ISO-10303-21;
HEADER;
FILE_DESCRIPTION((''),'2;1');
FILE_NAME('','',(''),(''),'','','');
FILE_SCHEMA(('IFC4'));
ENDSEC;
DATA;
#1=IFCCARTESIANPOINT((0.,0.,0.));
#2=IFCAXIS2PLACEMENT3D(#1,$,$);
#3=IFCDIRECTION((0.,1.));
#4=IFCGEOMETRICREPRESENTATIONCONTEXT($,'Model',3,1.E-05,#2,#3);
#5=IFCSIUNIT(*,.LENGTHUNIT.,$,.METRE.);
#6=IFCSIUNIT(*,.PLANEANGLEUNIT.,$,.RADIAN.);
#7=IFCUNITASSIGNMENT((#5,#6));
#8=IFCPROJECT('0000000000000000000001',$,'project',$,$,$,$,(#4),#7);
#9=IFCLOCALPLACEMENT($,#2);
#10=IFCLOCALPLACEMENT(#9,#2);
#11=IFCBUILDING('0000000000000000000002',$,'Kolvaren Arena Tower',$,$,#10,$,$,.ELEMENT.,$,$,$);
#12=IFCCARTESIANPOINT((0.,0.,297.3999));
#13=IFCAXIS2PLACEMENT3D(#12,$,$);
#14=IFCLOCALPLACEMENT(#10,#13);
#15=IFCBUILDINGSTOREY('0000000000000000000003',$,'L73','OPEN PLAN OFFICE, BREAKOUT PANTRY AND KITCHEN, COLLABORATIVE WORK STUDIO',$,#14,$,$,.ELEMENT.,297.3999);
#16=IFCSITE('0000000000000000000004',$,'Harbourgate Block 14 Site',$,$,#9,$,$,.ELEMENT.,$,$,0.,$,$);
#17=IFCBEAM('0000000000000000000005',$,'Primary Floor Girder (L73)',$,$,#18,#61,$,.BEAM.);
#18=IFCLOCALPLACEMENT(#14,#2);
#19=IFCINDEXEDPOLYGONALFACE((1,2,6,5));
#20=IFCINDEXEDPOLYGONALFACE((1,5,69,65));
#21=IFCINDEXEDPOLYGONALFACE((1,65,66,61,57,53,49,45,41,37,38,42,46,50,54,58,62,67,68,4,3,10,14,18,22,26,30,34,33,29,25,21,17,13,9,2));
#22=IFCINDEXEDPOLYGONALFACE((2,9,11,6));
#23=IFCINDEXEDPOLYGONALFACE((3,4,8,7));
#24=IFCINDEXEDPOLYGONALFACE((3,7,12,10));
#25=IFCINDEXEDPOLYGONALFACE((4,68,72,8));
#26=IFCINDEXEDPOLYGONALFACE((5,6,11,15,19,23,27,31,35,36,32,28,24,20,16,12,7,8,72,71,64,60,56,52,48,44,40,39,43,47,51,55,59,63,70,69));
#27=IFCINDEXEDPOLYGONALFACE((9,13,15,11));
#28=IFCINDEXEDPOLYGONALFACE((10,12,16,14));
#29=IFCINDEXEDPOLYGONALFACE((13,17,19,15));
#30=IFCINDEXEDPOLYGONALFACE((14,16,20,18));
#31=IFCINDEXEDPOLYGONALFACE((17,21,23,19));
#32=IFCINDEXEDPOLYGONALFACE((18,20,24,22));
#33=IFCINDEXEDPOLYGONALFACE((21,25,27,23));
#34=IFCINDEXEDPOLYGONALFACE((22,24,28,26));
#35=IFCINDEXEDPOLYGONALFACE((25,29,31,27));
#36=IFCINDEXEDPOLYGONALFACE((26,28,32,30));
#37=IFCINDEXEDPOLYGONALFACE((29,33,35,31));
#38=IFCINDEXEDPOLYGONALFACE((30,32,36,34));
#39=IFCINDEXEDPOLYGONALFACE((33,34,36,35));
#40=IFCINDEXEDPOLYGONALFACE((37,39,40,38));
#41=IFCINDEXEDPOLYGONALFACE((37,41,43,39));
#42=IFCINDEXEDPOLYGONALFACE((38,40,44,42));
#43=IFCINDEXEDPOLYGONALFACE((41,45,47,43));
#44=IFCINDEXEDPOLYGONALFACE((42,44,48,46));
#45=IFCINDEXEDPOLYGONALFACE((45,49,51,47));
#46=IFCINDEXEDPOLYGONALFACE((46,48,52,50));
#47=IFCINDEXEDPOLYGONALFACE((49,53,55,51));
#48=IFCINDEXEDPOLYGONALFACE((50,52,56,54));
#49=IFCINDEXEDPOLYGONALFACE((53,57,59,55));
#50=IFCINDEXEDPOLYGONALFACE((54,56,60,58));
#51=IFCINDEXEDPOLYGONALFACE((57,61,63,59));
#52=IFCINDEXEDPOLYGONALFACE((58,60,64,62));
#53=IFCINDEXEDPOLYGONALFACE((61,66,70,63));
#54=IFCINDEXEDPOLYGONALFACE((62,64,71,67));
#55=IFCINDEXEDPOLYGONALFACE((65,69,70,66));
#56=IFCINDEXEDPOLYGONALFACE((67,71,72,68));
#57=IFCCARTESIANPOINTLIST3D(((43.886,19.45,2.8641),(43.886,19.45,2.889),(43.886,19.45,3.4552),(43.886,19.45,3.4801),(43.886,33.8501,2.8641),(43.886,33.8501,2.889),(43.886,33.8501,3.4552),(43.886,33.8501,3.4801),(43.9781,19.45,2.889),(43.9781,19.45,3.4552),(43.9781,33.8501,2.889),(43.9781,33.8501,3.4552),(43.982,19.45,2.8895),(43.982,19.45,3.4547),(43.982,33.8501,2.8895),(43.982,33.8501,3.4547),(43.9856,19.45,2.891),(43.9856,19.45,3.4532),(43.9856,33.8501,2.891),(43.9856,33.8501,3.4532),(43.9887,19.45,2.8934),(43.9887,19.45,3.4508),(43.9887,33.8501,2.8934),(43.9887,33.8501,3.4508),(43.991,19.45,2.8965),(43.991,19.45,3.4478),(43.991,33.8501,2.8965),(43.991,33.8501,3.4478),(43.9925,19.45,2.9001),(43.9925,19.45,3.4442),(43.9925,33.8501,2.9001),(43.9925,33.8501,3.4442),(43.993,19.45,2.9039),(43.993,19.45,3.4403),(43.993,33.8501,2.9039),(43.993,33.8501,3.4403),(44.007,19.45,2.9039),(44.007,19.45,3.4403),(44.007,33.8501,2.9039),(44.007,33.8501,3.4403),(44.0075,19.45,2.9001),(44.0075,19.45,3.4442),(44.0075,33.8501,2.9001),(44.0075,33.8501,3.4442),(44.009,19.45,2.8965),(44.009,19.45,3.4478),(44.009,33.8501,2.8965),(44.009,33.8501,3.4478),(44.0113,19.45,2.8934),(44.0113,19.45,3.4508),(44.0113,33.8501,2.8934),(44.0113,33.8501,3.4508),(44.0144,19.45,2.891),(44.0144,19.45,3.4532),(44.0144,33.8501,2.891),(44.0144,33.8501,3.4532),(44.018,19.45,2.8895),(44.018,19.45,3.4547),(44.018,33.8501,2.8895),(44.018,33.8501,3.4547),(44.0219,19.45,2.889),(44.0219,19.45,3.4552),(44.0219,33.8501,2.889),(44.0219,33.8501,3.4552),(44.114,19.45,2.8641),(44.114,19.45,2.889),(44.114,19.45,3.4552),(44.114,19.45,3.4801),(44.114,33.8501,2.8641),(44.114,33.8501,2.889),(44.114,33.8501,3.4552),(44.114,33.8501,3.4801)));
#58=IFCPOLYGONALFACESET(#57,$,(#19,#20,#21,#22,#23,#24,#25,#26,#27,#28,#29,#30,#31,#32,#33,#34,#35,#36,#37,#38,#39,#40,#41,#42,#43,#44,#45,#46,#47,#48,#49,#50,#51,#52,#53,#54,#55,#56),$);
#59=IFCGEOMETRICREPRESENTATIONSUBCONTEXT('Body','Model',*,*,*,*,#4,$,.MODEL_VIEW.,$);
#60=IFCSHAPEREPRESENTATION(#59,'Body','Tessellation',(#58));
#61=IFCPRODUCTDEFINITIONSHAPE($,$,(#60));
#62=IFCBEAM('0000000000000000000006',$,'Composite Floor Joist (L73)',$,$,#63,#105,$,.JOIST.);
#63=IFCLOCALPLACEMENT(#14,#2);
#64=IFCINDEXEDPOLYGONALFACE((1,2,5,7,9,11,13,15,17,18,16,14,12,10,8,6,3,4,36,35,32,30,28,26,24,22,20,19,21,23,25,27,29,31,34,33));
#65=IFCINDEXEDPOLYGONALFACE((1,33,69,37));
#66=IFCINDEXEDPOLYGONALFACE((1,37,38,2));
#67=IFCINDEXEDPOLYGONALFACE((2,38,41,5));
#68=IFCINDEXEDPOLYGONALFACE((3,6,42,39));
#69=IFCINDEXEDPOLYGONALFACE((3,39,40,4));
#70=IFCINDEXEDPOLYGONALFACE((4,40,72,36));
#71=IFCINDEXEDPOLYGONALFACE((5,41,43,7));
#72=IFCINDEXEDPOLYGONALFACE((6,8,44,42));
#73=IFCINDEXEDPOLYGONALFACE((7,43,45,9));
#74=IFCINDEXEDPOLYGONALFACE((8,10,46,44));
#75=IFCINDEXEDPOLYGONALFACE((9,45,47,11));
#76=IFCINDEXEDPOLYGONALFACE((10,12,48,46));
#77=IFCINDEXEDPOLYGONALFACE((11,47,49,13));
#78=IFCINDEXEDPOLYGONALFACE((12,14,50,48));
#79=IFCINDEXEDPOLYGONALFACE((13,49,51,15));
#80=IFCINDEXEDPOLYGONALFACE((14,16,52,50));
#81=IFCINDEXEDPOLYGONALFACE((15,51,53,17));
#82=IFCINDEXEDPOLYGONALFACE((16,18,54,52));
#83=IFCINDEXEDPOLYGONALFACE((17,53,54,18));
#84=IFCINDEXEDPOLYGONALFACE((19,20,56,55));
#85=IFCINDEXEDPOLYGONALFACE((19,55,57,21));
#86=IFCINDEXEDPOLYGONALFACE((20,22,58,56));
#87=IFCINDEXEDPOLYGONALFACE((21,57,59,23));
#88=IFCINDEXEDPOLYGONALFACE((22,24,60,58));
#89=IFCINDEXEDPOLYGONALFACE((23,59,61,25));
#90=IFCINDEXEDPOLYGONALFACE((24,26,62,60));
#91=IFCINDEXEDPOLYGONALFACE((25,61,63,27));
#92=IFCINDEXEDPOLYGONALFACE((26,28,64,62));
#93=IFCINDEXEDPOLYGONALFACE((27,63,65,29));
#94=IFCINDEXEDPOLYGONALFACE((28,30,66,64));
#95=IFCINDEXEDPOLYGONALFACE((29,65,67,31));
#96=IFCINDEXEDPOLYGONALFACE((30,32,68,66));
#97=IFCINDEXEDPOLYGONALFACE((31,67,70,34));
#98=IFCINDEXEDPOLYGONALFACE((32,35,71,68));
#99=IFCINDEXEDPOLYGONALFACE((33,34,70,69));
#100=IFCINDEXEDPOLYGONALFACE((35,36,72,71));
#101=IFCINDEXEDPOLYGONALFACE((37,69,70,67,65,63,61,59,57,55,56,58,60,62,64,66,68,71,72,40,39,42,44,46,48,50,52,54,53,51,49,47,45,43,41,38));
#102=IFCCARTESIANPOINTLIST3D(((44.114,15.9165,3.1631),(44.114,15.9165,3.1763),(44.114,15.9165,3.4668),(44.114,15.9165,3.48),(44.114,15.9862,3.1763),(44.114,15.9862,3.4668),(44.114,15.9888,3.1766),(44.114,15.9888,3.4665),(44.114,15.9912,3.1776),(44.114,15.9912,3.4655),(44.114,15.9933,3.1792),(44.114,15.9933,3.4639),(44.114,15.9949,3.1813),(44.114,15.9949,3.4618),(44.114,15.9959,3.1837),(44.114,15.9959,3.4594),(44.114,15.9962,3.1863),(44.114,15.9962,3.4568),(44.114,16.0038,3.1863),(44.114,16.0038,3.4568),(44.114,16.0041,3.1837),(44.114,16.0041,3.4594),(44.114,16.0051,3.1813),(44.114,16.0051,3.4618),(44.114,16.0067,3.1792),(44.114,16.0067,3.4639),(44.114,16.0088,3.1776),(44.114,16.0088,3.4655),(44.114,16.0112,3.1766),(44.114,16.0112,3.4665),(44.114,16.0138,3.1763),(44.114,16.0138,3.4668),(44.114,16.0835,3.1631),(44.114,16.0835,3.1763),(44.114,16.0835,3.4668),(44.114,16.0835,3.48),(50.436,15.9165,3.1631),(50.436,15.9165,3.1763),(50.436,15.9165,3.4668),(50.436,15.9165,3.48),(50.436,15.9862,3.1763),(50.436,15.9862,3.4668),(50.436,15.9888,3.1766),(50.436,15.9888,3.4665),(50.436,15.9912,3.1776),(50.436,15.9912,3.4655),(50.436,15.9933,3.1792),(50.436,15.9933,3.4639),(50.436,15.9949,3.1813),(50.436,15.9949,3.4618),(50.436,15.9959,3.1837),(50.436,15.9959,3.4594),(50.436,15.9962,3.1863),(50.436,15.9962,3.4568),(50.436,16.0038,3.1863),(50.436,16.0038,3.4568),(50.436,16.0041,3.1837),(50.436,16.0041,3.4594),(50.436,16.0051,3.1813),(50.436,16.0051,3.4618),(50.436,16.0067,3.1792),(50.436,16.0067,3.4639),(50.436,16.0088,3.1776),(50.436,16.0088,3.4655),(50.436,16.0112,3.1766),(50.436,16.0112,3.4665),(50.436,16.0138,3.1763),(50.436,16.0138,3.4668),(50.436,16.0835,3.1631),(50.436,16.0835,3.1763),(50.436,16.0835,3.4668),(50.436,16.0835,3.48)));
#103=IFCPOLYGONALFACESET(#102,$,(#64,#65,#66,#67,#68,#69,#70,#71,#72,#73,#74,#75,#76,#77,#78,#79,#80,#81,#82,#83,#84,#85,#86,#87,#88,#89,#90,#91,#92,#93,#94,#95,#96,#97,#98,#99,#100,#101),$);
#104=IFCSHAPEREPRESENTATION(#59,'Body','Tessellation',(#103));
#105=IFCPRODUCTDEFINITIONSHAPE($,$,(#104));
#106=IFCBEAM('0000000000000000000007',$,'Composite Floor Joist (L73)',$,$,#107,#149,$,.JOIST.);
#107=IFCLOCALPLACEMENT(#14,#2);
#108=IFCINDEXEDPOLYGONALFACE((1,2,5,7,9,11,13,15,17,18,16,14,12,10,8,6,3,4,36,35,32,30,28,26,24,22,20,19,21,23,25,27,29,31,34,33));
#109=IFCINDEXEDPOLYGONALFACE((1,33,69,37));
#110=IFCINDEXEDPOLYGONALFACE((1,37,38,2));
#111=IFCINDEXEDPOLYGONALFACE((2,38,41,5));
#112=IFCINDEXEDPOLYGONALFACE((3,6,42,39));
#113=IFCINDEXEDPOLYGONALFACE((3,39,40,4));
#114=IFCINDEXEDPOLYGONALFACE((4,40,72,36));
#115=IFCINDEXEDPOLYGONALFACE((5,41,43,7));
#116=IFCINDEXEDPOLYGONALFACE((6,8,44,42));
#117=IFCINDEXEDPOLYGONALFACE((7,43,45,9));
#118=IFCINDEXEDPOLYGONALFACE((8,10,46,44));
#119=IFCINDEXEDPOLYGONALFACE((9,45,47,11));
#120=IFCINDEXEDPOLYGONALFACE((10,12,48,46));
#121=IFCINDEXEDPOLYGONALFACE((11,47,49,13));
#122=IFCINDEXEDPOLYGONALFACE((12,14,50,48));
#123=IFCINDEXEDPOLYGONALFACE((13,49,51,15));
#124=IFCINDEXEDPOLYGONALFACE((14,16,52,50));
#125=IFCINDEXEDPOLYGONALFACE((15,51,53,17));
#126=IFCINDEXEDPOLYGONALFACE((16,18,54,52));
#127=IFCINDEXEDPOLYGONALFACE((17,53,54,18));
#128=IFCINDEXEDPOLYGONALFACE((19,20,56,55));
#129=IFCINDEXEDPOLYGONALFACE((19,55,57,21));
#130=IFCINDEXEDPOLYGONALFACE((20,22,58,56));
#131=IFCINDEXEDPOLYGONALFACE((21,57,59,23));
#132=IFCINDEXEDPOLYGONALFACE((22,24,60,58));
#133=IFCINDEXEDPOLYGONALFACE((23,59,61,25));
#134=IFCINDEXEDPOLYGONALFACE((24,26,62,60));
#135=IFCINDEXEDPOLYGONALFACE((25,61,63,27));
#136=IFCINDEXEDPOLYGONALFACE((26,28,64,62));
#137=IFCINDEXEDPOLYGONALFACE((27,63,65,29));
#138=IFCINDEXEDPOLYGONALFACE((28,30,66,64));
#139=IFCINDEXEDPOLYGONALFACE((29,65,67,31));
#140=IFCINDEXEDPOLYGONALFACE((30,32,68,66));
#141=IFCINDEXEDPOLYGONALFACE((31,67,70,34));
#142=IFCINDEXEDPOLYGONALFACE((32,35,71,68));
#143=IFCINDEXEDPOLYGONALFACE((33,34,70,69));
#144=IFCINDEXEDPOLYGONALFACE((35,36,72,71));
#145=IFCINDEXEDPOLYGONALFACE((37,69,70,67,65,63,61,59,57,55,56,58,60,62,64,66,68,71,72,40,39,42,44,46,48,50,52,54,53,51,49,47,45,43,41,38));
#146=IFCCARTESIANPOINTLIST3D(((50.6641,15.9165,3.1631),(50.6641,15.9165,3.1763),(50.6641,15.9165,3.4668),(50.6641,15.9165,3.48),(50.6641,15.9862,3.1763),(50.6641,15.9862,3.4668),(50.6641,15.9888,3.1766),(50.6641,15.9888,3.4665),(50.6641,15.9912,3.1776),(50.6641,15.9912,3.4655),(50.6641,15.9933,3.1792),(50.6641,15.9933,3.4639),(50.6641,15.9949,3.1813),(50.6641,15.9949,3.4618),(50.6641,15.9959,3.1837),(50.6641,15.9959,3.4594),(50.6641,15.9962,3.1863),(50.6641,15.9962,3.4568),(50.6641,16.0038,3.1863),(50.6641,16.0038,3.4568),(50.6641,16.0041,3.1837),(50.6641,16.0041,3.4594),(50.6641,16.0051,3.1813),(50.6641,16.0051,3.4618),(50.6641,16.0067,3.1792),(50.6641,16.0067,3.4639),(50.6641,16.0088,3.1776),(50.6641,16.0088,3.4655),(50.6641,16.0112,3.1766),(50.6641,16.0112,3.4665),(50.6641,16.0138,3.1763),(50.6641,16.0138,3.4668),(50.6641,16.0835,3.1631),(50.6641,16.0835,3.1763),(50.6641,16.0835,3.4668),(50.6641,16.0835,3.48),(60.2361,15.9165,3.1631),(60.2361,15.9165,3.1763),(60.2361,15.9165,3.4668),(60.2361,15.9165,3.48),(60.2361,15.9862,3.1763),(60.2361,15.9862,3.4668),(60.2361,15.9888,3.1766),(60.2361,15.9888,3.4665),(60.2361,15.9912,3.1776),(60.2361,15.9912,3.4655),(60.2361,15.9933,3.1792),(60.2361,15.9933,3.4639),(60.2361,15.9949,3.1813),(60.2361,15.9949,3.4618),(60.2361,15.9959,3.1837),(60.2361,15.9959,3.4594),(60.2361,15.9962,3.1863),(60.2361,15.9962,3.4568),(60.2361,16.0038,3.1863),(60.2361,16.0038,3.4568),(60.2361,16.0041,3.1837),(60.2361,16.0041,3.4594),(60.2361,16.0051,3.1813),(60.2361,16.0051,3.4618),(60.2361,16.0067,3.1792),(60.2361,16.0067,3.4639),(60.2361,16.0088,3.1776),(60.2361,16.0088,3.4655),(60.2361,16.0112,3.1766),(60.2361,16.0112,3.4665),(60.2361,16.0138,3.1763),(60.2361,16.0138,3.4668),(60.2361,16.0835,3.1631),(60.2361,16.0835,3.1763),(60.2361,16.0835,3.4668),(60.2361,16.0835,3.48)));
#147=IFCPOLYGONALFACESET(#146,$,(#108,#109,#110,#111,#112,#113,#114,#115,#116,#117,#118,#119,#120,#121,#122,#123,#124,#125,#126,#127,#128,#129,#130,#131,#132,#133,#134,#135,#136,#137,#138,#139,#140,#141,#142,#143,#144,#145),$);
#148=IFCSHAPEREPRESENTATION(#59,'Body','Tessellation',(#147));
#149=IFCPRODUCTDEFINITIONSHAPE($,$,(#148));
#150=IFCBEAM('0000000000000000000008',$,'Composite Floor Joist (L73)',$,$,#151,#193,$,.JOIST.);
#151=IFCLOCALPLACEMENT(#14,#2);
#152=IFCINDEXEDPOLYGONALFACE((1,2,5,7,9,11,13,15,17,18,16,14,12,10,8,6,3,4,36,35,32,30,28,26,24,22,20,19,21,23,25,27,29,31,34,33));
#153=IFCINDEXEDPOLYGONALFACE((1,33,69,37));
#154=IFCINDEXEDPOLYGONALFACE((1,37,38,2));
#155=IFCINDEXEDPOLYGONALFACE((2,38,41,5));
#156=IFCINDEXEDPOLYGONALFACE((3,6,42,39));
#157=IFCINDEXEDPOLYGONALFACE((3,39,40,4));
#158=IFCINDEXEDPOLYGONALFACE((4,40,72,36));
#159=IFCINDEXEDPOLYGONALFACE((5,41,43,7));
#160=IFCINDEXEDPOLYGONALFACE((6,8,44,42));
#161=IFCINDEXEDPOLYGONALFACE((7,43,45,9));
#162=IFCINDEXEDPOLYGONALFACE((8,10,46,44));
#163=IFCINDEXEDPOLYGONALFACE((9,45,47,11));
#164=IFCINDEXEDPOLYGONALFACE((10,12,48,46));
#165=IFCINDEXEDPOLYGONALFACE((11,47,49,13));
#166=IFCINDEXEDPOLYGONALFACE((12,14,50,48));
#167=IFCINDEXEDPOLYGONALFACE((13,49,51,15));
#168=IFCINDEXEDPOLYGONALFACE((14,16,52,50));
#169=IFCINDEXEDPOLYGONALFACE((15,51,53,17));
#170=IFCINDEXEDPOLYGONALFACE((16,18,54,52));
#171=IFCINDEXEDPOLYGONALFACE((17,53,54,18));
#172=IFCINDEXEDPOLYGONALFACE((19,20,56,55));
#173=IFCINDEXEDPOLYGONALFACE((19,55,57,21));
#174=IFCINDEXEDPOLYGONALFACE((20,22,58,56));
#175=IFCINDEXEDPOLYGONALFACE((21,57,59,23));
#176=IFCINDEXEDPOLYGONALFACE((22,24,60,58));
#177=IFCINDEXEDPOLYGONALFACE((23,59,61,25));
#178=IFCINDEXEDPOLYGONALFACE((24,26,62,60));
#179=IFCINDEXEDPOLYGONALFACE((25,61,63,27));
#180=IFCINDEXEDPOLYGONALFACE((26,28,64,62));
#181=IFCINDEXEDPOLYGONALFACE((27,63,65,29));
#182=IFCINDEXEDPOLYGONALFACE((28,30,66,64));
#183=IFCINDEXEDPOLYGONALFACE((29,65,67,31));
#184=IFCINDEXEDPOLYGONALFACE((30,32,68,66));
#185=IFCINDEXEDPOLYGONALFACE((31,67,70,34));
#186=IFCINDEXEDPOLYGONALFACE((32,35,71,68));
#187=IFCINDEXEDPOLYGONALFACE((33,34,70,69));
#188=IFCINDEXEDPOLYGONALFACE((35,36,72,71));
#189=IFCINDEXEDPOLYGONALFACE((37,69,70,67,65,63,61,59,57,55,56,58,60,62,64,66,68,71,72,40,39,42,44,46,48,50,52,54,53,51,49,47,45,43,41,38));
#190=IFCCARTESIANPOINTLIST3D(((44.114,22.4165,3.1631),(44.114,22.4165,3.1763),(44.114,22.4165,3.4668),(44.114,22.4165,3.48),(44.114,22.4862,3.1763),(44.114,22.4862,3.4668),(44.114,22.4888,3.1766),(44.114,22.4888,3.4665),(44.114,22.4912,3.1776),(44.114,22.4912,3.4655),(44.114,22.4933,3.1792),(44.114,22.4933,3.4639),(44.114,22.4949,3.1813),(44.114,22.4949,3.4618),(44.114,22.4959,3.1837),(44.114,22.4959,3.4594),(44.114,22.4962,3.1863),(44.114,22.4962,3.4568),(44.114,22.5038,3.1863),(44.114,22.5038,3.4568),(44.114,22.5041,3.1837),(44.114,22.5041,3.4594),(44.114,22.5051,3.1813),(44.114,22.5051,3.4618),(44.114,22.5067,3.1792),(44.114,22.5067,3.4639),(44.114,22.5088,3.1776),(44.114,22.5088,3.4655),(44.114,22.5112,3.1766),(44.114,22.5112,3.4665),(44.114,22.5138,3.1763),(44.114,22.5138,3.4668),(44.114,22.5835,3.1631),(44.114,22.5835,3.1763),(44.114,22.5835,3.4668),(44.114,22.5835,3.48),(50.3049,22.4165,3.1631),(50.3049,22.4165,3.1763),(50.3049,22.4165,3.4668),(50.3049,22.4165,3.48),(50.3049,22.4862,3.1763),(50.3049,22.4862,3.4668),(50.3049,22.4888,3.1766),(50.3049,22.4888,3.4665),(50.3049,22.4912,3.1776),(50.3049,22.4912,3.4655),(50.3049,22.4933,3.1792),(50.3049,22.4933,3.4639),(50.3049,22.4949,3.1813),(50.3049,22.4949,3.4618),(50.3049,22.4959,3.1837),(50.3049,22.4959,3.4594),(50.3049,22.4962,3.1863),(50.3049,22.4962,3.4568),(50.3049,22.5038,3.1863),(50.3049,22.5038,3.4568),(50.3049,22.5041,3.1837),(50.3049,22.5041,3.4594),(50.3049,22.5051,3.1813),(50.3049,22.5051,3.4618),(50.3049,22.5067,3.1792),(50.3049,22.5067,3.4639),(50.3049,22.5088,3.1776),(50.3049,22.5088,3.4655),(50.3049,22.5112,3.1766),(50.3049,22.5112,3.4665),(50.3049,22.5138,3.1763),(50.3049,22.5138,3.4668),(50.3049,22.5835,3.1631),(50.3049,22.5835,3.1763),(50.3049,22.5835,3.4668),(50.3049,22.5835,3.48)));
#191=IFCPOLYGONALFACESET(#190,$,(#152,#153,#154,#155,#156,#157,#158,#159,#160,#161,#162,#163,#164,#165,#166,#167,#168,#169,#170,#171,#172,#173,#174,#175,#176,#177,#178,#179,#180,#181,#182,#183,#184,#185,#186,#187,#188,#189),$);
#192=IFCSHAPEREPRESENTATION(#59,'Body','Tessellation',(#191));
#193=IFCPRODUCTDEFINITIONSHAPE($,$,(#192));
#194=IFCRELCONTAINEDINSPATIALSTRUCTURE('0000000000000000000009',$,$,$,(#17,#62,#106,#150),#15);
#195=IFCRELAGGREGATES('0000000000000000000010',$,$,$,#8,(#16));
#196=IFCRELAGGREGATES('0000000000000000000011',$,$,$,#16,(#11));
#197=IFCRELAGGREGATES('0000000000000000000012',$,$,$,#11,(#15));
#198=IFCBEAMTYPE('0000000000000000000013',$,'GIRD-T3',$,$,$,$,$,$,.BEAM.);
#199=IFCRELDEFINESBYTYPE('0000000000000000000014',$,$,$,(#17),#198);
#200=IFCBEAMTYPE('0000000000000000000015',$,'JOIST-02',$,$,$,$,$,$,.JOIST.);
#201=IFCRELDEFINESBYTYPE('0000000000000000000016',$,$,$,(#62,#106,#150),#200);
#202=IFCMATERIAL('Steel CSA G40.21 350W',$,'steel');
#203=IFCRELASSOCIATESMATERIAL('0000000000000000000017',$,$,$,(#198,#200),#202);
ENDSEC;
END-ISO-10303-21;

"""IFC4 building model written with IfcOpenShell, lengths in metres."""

from ifc_helpers import new_model, si_unit, direction, frame, origin, origin_2d, place, context, subcontext, project, spatial, i_section, extrude, material, material_profile, profile_set, type_object, element, save


model = new_model("IFC4")

# Units and contexts
model_context = context("Model", 3, precision=1e-05, world=origin(), true_north=direction((0.0, 1.0)))
body_context = subcontext(model_context, "Body", "Model", "MODEL_VIEW")
ifc_project = project(units=[si_unit("LENGTHUNIT", "METRE"), si_unit("PLANEANGLEUNIT", "RADIAN")], contexts=[model_context])

# Site, building, storey
site_placement = place(None, origin())
site = spatial("IfcSite", under=ifc_project, at=site_placement, Name="Harbourgate Block 14 Site", CompositionType="ELEMENT", RefElevation=0.0)
building_placement = place(site_placement, origin())
building = spatial("IfcBuilding", under=site, at=building_placement, Name="Kolvaren Arena Tower", CompositionType="ELEMENT")
storey_placement = place(building_placement, frame((0.0, 0.0, 297.3999)))
storey = spatial("IfcBuildingStorey", under=building, at=storey_placement, Name="L73", Description="OPEN PLAN OFFICE, BREAKOUT PANTRY AND KITCHEN, COLLABORATIVE WORK STUDIO", CompositionType="ELEMENT", Elevation=297.3999)

# Beams
ifc_material_1 = material(Name="Steel CSA G40.21 350W", Category="steel")
ifc_material_profile_1 = material_profile(ifc_material_1, i_section(OverallWidth=0.228, OverallDepth=0.616, WebThickness=0.0139, FlangeThickness=0.0249, FilletRadius=0.0149, at=origin_2d()), Name="W610x174")
ifc_profile_set_1 = profile_set([ifc_material_profile_1], Name="Steel CSA G40.21 350W")
beam_type_1 = type_object("IfcBeamType", Name="GIRD-T3", PredefinedType="BEAM", material=ifc_profile_set_1)
beam_1_placement = place(storey_placement, frame((44.0, 19.45, 3.1721), z_axis=(0.0, 1.0, 0.0), x_axis=(-1.0, 0.0, 0.0)))
element("IfcBeam", 1, at=beam_1_placement, inside=storey, type_object=beam_type_1, Name="Primary Floor Girder (L73)", PredefinedType="BEAM", context=body_context, shape_type="SweptSolid", body=[
    extrude(i_section(OverallWidth=0.228, OverallDepth=0.616, WebThickness=0.0139, FlangeThickness=0.0249, FilletRadius=0.0149, at=origin_2d()), origin(), (0.0, 0.0, 1.0), 14.4001),
])
ifc_material_profile_2 = material_profile(ifc_material_1, i_section(OverallWidth=0.167, OverallDepth=0.3169, WebThickness=0.0076, FlangeThickness=0.0132, FilletRadius=0.01, at=origin_2d()), Name="W310x52")
ifc_profile_set_2 = profile_set([ifc_material_profile_2], Name="Steel CSA G40.21 350W")
beam_type_2 = type_object("IfcBeamType", Name="JOIST-02", PredefinedType="JOIST", material=ifc_profile_set_2)
beam_2_placement = place(storey_placement, frame((44.114, 16.0, 3.3215), z_axis=(1.0, 0.0, 0.0), x_axis=(0.0, 1.0, 0.0)))
element("IfcBeam", 2, at=beam_2_placement, inside=storey, type_object=beam_type_2, Name="Composite Floor Joist (L73)", PredefinedType="JOIST", context=body_context, shape_type="SweptSolid", body=[
    extrude(i_section(OverallWidth=0.167, OverallDepth=0.3169, WebThickness=0.0076, FlangeThickness=0.0132, FilletRadius=0.01, at=origin_2d()), origin(), (0.0, 0.0, 1.0), 6.322),
])
beam_3_placement = place(storey_placement, frame((50.6641, 16.0, 3.3215), z_axis=(1.0, 0.0, 0.0), x_axis=(0.0, 1.0, 0.0)))
element("IfcBeam", 3, at=beam_3_placement, inside=storey, type_object=beam_type_2, Name="Composite Floor Joist (L73)", PredefinedType="JOIST", context=body_context, shape_type="SweptSolid", body=[
    extrude(i_section(OverallWidth=0.167, OverallDepth=0.3169, WebThickness=0.0076, FlangeThickness=0.0132, FilletRadius=0.01, at=origin_2d()), origin(), (0.0, 0.0, 1.0), 9.572),
])
beam_4_placement = place(storey_placement, frame((44.114, 22.5, 3.3215), z_axis=(1.0, 0.0, 0.0), x_axis=(0.0, 1.0, 0.0)))
element("IfcBeam", 4, at=beam_4_placement, inside=storey, type_object=beam_type_2, Name="Composite Floor Joist (L73)", PredefinedType="JOIST", context=body_context, shape_type="SweptSolid", body=[
    extrude(i_section(OverallWidth=0.167, OverallDepth=0.3169, WebThickness=0.0076, FlangeThickness=0.0132, FilletRadius=0.01, at=origin_2d()), origin(), (0.0, 0.0, 1.0), 6.1909),
])

save(model, "model.ifc")
